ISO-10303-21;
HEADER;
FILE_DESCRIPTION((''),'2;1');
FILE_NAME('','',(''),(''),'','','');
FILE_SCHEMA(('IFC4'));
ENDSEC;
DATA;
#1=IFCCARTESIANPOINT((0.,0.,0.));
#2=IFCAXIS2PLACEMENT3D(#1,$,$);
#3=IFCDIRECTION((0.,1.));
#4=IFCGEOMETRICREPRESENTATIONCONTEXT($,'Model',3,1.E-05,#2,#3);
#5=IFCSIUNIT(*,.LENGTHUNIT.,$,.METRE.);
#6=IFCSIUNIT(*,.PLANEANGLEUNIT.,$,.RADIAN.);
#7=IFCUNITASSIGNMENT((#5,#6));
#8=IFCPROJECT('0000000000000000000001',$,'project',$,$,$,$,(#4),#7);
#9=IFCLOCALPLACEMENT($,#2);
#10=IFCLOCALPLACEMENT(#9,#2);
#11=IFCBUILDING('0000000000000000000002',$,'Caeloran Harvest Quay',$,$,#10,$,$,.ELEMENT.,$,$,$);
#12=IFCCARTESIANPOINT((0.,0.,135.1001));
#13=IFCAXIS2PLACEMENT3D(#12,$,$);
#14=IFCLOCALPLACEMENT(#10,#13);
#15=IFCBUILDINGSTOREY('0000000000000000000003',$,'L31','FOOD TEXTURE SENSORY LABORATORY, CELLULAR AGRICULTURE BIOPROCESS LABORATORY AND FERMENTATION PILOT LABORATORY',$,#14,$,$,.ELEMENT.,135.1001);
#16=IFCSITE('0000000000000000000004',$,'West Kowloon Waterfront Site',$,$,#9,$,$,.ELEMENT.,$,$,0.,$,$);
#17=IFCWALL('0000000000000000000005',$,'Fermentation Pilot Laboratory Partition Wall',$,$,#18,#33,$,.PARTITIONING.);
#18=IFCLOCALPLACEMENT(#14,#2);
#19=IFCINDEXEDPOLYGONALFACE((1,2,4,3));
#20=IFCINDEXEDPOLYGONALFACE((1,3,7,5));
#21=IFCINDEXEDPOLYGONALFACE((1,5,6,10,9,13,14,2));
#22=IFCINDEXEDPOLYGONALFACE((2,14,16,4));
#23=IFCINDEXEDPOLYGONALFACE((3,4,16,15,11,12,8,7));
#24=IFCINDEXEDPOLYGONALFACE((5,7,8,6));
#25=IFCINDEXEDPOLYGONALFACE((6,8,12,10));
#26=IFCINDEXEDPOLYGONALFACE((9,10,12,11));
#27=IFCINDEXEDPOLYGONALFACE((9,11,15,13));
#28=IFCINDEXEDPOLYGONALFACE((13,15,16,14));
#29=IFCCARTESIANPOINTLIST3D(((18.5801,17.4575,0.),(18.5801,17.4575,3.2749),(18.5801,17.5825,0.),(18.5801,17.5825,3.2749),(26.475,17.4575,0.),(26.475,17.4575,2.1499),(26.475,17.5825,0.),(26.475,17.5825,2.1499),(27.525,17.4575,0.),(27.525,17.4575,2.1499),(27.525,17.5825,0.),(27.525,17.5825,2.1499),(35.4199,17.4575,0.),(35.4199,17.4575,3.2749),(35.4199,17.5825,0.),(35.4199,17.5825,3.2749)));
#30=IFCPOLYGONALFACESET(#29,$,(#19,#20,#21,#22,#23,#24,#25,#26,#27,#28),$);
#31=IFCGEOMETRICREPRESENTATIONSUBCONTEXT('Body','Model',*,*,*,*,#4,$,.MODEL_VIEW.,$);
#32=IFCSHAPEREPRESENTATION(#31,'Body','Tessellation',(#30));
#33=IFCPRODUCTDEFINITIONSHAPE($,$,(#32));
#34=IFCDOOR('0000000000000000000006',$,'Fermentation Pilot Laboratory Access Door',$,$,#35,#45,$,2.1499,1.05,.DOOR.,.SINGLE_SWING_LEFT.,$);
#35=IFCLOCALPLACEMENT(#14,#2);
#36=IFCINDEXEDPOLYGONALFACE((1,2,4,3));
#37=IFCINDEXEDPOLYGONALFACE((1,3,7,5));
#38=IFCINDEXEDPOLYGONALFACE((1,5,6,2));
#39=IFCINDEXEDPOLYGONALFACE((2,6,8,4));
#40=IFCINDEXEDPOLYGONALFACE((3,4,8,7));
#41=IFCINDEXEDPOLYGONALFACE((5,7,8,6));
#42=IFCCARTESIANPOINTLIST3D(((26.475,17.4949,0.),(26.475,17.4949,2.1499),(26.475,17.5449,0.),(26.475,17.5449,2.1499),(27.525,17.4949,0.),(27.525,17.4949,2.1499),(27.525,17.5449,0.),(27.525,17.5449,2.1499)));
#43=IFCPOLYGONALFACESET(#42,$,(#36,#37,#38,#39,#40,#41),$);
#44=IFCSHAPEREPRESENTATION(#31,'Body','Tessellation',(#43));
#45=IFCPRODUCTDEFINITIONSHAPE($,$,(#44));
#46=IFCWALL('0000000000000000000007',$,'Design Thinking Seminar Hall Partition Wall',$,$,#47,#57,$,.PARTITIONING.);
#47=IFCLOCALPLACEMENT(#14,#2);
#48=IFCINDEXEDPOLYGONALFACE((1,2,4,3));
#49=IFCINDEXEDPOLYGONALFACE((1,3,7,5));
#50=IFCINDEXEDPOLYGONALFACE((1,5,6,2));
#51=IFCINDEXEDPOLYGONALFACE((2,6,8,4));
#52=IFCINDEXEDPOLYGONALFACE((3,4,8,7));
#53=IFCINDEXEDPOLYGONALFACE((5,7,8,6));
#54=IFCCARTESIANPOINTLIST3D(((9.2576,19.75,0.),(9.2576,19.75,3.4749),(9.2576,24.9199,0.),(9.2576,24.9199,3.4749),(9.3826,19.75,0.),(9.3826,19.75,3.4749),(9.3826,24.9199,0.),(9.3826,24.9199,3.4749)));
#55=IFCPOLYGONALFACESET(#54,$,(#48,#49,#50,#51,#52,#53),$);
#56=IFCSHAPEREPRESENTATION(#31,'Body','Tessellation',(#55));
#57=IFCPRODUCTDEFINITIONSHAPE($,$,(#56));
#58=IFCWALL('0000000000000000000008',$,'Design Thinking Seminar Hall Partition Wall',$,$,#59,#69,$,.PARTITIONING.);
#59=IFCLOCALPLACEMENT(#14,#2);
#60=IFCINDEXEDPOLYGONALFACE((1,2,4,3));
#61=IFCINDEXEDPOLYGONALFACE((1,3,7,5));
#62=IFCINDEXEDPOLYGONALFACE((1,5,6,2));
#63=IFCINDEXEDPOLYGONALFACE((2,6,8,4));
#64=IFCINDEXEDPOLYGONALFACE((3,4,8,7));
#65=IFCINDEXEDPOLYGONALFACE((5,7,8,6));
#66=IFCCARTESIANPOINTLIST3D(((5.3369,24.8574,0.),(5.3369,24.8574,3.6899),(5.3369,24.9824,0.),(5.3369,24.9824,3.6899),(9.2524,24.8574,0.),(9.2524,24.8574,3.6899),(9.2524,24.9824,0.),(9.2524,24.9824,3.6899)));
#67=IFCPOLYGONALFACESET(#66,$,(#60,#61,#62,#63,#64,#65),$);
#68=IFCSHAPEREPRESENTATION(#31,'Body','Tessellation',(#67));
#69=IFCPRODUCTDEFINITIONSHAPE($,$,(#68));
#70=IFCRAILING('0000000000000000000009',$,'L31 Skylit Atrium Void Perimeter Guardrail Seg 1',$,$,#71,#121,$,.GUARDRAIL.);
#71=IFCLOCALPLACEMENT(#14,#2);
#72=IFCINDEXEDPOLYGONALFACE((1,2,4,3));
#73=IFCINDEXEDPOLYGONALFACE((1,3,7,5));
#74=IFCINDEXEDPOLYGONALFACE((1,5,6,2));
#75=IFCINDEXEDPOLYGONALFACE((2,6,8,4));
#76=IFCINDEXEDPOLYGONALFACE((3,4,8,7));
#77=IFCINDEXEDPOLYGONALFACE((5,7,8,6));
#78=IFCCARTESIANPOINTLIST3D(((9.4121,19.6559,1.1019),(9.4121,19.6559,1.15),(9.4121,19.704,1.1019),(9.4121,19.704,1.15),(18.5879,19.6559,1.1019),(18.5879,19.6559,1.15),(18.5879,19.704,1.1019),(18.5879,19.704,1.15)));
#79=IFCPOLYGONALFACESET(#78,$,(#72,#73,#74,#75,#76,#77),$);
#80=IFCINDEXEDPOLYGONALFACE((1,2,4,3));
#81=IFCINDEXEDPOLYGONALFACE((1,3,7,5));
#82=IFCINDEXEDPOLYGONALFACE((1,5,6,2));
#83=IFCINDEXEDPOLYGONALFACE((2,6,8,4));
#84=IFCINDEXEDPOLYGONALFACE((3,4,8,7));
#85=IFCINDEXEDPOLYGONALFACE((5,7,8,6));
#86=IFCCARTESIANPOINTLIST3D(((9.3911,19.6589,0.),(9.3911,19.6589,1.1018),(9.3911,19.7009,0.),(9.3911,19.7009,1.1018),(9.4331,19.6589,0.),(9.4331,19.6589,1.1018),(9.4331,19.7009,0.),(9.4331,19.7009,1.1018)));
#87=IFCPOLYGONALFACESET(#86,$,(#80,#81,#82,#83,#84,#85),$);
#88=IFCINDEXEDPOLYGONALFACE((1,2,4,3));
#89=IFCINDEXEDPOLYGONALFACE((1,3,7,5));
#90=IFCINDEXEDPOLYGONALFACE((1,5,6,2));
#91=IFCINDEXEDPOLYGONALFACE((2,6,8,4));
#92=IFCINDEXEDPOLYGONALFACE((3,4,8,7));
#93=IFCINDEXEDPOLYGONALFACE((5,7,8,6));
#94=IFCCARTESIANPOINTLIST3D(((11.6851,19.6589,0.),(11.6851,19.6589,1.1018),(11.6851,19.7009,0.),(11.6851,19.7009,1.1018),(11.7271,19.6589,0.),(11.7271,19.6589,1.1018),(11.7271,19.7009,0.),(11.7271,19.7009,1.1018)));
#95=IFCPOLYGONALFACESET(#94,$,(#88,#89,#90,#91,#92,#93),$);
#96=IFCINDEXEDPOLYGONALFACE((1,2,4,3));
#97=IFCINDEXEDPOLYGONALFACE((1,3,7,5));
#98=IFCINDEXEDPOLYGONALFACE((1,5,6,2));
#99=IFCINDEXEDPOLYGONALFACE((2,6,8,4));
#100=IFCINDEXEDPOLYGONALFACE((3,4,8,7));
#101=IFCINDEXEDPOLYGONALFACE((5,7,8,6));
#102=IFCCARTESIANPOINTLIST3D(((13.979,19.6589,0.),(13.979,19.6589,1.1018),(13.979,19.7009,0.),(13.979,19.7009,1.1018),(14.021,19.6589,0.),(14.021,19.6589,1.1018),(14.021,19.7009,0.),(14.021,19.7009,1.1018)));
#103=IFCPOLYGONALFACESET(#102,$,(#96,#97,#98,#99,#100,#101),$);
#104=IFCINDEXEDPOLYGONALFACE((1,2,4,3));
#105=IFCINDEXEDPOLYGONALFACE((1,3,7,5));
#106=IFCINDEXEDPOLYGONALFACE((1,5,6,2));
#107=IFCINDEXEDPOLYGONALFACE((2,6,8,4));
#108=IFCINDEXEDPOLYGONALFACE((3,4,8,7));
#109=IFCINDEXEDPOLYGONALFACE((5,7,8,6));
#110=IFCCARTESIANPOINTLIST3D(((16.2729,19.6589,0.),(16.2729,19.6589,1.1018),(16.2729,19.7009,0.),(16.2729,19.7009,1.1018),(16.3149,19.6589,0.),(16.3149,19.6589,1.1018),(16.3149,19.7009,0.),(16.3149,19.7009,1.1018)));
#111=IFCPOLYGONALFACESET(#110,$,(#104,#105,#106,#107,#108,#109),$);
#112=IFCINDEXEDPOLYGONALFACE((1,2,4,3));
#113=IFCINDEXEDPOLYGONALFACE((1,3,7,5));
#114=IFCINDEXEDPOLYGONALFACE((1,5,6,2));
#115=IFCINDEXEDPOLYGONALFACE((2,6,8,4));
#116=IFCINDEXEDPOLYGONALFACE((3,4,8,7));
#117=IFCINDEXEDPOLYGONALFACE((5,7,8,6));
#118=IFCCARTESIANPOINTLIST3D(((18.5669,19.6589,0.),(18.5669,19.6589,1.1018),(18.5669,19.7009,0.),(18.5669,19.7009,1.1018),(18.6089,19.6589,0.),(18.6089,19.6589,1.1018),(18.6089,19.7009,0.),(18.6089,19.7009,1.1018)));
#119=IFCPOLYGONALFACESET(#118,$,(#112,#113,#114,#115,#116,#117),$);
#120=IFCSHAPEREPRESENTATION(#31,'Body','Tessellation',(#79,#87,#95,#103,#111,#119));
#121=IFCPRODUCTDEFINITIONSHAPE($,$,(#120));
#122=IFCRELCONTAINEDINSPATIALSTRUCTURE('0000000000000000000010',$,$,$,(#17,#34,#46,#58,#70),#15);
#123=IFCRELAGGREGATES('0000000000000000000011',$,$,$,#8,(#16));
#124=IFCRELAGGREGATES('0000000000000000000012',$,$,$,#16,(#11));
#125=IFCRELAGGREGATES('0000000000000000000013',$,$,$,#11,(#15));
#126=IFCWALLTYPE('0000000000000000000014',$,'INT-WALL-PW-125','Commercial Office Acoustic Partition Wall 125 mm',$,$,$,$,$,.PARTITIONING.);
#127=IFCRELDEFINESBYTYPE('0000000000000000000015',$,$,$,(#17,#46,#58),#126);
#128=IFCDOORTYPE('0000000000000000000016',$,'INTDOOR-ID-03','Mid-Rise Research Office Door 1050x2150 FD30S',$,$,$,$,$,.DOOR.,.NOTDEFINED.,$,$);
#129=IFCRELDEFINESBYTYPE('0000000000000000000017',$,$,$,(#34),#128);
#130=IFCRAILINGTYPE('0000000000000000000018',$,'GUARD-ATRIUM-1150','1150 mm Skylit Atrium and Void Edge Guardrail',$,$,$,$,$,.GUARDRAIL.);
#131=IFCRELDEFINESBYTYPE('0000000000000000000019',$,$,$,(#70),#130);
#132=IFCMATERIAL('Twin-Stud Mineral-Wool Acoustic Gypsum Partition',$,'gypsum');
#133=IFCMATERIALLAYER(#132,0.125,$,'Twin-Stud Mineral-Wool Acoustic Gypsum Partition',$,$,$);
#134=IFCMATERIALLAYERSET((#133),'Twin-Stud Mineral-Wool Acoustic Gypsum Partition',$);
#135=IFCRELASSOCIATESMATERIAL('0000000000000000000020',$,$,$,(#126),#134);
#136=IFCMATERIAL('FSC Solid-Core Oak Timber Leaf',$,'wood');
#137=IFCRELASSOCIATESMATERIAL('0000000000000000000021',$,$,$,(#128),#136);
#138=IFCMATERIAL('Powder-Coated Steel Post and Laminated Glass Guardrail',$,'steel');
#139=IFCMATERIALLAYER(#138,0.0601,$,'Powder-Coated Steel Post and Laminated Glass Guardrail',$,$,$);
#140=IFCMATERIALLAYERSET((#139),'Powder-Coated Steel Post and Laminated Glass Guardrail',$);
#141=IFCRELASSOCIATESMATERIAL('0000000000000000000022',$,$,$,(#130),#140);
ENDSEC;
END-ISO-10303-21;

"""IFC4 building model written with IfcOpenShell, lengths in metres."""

from ifc_helpers import new_model, si_unit, direction, frame, frame_2d, origin, origin_2d, place, context, subcontext, project, spatial, rectangle, extrude, material, layer, layer_set, type_object, element, fill, save


model = new_model("IFC4")

# Units and contexts
model_context = context("Model", 3, precision=1e-05, world=origin(), true_north=direction((0.0, 1.0)))
body_context = subcontext(model_context, "Body", "Model", "MODEL_VIEW")
ifc_project = project(units=[si_unit("LENGTHUNIT", "METRE"), si_unit("PLANEANGLEUNIT", "RADIAN")], contexts=[model_context])

# Site, building, storey
site_placement = place(None, origin())
site = spatial("IfcSite", under=ifc_project, at=site_placement, Name="West Kowloon Waterfront Site", CompositionType="ELEMENT", RefElevation=0.0)
building_placement = place(site_placement, origin())
building = spatial("IfcBuilding", under=site, at=building_placement, Name="Caeloran Harvest Quay", CompositionType="ELEMENT")
storey_placement = place(building_placement, frame((0.0, 0.0, 135.1001)))
storey = spatial("IfcBuildingStorey", under=building, at=storey_placement, Name="L31", Description="FOOD TEXTURE SENSORY LABORATORY, CELLULAR AGRICULTURE BIOPROCESS LABORATORY AND FERMENTATION PILOT LABORATORY", CompositionType="ELEMENT", Elevation=135.1001)

# Shared definitions
ifc_material_1 = material(Name="Twin-Stud Mineral-Wool Acoustic Gypsum Partition", Category="gypsum")
ifc_layer_1 = layer(ifc_material_1, 0.125, Name="Twin-Stud Mineral-Wool Acoustic Gypsum Partition")
ifc_layer_set_1 = layer_set([ifc_layer_1], Name="Twin-Stud Mineral-Wool Acoustic Gypsum Partition")
wall_type = type_object("IfcWallType", Name="INT-WALL-PW-125", Description="Commercial Office Acoustic Partition Wall 125 mm", PredefinedType="PARTITIONING", material=ifc_layer_set_1)
ifc_material_2 = material(Name="FSC Solid-Core Oak Timber Leaf", Category="wood")
door_type = type_object("IfcDoorType", Name="INTDOOR-ID-03", Description="Mid-Rise Research Office Door 1050x2150 FD30S", OperationType="NOTDEFINED", PredefinedType="DOOR", material=ifc_material_2)

# Wall, opening, door
wall_1_placement = place(storey_placement, frame((18.5801, 17.52, 0.0), z_axis=(0.0, 0.0, 1.0), x_axis=(1.0, 0.0, 0.0)))
wall_1 = element("IfcWall", 1, at=wall_1_placement, inside=storey, type_object=wall_type, Name="Fermentation Pilot Laboratory Partition Wall", PredefinedType="PARTITIONING", context=body_context, shape_type="SweptSolid", body=[
    extrude(rectangle(XDim=16.8398, YDim=0.125, at=frame_2d((8.4199, 0.0))), origin(), (0.0, 0.0, 1.0), 3.2749),
])
opening_1_placement = place(wall_1_placement, frame((7.895, 0.0, 0.0)))
opening_1 = element("IfcOpeningElement", 2, at=opening_1_placement, cuts=wall_1, PredefinedType="OPENING", context=body_context, shape_type="SweptSolid", body=[
    extrude(rectangle(XDim=1.05, YDim=2.1499, at=frame_2d((0.5249, 1.075))), frame((0.0, 0.0725, 0.0), z_axis=(0.0, -1.0, 0.0), x_axis=(1.0, 0.0, 0.0)), (0.0, 0.0, 1.0), 0.145),
])
door_1_placement = place(opening_1_placement, origin())
door_1 = element("IfcDoor", 3, at=door_1_placement, inside=storey, type_object=door_type, Name="Fermentation Pilot Laboratory Access Door", OperationType="SINGLE_SWING_LEFT", OverallHeight=2.1499, OverallWidth=1.05, PredefinedType="DOOR", context=body_context, shape_type="SweptSolid", body=[
    extrude(rectangle(XDim=1.05, YDim=2.1499, at=frame_2d((0.5249, 1.075))), frame((0.0, 0.0249, 0.0), z_axis=(0.0, -1.0, 0.0), x_axis=(1.0, 0.0, 0.0)), (0.0, 0.0, 1.0), 0.05),
])
fill(opening_1, door_1)

# Wall
wall_2_placement = place(storey_placement, frame((9.3201, 24.9199, 0.0), z_axis=(0.0, 0.0, 1.0), x_axis=(0.0, -1.0, 0.0)))
element("IfcWall", 4, at=wall_2_placement, inside=storey, type_object=wall_type, Name="Design Thinking Seminar Hall Partition Wall", PredefinedType="PARTITIONING", context=body_context, shape_type="SweptSolid", body=[
    extrude(rectangle(XDim=5.1699, YDim=0.125, at=frame_2d((2.585, 0.0))), origin(), (0.0, 0.0, 1.0), 3.4749),
])

# Wall
wall_3_placement = place(storey_placement, frame((5.3369, 24.9199, 0.0), z_axis=(0.0, 0.0, 1.0), x_axis=(1.0, 0.0, 0.0)))
element("IfcWall", 5, at=wall_3_placement, inside=storey, type_object=wall_type, Name="Design Thinking Seminar Hall Partition Wall", PredefinedType="PARTITIONING", context=body_context, shape_type="SweptSolid", body=[
    extrude(rectangle(XDim=3.9155, YDim=0.125, at=frame_2d((1.9578, 0.0))), origin(), (0.0, 0.0, 1.0), 3.6899),
])

# Railing
ifc_material_3 = material(Name="Powder-Coated Steel Post and Laminated Glass Guardrail", Category="steel")
ifc_layer_2 = layer(ifc_material_3, 0.0601, Name="Powder-Coated Steel Post and Laminated Glass Guardrail")
ifc_layer_set_2 = layer_set([ifc_layer_2], Name="Powder-Coated Steel Post and Laminated Glass Guardrail")
railing_type = type_object("IfcRailingType", Name="GUARD-ATRIUM-1150", Description="1150 mm Skylit Atrium and Void Edge Guardrail", PredefinedType="GUARDRAIL", material=ifc_layer_set_2)
railing_placement = place(storey_placement, frame((9.4121, 19.6799, 0.0)))
element("IfcRailing", 6, at=railing_placement, inside=storey, type_object=railing_type, Name="L31 Skylit Atrium Void Perimeter Guardrail Seg 1", PredefinedType="GUARDRAIL", context=body_context, shape_type="SweptSolid", body=[
    extrude(rectangle(XDim=0.0481, YDim=0.0481, at=origin_2d()), frame((0.0, 0.0, 1.126), z_axis=(1.0, 0.0, 0.0), x_axis=(0.0, 1.0, 0.0)), (0.0, 0.0, 1.0), 9.1758),
    extrude(rectangle(XDim=0.042, YDim=0.042, at=origin_2d()), origin(), (0.0, 0.0, 1.0), 1.1018),
    extrude(rectangle(XDim=0.042, YDim=0.042, at=origin_2d()), frame((2.2939, 0.0, 0.0)), (0.0, 0.0, 1.0), 1.1018),
    extrude(rectangle(XDim=0.042, YDim=0.042, at=origin_2d()), frame((4.5879, 0.0, 0.0)), (0.0, 0.0, 1.0), 1.1018),
    extrude(rectangle(XDim=0.042, YDim=0.042, at=origin_2d()), frame((6.8818, 0.0, 0.0)), (0.0, 0.0, 1.0), 1.1018),
    extrude(rectangle(XDim=0.042, YDim=0.042, at=origin_2d()), frame((9.1758, 0.0, 0.0)), (0.0, 0.0, 1.0), 1.1018),
])

save(model, "model.ifc")
